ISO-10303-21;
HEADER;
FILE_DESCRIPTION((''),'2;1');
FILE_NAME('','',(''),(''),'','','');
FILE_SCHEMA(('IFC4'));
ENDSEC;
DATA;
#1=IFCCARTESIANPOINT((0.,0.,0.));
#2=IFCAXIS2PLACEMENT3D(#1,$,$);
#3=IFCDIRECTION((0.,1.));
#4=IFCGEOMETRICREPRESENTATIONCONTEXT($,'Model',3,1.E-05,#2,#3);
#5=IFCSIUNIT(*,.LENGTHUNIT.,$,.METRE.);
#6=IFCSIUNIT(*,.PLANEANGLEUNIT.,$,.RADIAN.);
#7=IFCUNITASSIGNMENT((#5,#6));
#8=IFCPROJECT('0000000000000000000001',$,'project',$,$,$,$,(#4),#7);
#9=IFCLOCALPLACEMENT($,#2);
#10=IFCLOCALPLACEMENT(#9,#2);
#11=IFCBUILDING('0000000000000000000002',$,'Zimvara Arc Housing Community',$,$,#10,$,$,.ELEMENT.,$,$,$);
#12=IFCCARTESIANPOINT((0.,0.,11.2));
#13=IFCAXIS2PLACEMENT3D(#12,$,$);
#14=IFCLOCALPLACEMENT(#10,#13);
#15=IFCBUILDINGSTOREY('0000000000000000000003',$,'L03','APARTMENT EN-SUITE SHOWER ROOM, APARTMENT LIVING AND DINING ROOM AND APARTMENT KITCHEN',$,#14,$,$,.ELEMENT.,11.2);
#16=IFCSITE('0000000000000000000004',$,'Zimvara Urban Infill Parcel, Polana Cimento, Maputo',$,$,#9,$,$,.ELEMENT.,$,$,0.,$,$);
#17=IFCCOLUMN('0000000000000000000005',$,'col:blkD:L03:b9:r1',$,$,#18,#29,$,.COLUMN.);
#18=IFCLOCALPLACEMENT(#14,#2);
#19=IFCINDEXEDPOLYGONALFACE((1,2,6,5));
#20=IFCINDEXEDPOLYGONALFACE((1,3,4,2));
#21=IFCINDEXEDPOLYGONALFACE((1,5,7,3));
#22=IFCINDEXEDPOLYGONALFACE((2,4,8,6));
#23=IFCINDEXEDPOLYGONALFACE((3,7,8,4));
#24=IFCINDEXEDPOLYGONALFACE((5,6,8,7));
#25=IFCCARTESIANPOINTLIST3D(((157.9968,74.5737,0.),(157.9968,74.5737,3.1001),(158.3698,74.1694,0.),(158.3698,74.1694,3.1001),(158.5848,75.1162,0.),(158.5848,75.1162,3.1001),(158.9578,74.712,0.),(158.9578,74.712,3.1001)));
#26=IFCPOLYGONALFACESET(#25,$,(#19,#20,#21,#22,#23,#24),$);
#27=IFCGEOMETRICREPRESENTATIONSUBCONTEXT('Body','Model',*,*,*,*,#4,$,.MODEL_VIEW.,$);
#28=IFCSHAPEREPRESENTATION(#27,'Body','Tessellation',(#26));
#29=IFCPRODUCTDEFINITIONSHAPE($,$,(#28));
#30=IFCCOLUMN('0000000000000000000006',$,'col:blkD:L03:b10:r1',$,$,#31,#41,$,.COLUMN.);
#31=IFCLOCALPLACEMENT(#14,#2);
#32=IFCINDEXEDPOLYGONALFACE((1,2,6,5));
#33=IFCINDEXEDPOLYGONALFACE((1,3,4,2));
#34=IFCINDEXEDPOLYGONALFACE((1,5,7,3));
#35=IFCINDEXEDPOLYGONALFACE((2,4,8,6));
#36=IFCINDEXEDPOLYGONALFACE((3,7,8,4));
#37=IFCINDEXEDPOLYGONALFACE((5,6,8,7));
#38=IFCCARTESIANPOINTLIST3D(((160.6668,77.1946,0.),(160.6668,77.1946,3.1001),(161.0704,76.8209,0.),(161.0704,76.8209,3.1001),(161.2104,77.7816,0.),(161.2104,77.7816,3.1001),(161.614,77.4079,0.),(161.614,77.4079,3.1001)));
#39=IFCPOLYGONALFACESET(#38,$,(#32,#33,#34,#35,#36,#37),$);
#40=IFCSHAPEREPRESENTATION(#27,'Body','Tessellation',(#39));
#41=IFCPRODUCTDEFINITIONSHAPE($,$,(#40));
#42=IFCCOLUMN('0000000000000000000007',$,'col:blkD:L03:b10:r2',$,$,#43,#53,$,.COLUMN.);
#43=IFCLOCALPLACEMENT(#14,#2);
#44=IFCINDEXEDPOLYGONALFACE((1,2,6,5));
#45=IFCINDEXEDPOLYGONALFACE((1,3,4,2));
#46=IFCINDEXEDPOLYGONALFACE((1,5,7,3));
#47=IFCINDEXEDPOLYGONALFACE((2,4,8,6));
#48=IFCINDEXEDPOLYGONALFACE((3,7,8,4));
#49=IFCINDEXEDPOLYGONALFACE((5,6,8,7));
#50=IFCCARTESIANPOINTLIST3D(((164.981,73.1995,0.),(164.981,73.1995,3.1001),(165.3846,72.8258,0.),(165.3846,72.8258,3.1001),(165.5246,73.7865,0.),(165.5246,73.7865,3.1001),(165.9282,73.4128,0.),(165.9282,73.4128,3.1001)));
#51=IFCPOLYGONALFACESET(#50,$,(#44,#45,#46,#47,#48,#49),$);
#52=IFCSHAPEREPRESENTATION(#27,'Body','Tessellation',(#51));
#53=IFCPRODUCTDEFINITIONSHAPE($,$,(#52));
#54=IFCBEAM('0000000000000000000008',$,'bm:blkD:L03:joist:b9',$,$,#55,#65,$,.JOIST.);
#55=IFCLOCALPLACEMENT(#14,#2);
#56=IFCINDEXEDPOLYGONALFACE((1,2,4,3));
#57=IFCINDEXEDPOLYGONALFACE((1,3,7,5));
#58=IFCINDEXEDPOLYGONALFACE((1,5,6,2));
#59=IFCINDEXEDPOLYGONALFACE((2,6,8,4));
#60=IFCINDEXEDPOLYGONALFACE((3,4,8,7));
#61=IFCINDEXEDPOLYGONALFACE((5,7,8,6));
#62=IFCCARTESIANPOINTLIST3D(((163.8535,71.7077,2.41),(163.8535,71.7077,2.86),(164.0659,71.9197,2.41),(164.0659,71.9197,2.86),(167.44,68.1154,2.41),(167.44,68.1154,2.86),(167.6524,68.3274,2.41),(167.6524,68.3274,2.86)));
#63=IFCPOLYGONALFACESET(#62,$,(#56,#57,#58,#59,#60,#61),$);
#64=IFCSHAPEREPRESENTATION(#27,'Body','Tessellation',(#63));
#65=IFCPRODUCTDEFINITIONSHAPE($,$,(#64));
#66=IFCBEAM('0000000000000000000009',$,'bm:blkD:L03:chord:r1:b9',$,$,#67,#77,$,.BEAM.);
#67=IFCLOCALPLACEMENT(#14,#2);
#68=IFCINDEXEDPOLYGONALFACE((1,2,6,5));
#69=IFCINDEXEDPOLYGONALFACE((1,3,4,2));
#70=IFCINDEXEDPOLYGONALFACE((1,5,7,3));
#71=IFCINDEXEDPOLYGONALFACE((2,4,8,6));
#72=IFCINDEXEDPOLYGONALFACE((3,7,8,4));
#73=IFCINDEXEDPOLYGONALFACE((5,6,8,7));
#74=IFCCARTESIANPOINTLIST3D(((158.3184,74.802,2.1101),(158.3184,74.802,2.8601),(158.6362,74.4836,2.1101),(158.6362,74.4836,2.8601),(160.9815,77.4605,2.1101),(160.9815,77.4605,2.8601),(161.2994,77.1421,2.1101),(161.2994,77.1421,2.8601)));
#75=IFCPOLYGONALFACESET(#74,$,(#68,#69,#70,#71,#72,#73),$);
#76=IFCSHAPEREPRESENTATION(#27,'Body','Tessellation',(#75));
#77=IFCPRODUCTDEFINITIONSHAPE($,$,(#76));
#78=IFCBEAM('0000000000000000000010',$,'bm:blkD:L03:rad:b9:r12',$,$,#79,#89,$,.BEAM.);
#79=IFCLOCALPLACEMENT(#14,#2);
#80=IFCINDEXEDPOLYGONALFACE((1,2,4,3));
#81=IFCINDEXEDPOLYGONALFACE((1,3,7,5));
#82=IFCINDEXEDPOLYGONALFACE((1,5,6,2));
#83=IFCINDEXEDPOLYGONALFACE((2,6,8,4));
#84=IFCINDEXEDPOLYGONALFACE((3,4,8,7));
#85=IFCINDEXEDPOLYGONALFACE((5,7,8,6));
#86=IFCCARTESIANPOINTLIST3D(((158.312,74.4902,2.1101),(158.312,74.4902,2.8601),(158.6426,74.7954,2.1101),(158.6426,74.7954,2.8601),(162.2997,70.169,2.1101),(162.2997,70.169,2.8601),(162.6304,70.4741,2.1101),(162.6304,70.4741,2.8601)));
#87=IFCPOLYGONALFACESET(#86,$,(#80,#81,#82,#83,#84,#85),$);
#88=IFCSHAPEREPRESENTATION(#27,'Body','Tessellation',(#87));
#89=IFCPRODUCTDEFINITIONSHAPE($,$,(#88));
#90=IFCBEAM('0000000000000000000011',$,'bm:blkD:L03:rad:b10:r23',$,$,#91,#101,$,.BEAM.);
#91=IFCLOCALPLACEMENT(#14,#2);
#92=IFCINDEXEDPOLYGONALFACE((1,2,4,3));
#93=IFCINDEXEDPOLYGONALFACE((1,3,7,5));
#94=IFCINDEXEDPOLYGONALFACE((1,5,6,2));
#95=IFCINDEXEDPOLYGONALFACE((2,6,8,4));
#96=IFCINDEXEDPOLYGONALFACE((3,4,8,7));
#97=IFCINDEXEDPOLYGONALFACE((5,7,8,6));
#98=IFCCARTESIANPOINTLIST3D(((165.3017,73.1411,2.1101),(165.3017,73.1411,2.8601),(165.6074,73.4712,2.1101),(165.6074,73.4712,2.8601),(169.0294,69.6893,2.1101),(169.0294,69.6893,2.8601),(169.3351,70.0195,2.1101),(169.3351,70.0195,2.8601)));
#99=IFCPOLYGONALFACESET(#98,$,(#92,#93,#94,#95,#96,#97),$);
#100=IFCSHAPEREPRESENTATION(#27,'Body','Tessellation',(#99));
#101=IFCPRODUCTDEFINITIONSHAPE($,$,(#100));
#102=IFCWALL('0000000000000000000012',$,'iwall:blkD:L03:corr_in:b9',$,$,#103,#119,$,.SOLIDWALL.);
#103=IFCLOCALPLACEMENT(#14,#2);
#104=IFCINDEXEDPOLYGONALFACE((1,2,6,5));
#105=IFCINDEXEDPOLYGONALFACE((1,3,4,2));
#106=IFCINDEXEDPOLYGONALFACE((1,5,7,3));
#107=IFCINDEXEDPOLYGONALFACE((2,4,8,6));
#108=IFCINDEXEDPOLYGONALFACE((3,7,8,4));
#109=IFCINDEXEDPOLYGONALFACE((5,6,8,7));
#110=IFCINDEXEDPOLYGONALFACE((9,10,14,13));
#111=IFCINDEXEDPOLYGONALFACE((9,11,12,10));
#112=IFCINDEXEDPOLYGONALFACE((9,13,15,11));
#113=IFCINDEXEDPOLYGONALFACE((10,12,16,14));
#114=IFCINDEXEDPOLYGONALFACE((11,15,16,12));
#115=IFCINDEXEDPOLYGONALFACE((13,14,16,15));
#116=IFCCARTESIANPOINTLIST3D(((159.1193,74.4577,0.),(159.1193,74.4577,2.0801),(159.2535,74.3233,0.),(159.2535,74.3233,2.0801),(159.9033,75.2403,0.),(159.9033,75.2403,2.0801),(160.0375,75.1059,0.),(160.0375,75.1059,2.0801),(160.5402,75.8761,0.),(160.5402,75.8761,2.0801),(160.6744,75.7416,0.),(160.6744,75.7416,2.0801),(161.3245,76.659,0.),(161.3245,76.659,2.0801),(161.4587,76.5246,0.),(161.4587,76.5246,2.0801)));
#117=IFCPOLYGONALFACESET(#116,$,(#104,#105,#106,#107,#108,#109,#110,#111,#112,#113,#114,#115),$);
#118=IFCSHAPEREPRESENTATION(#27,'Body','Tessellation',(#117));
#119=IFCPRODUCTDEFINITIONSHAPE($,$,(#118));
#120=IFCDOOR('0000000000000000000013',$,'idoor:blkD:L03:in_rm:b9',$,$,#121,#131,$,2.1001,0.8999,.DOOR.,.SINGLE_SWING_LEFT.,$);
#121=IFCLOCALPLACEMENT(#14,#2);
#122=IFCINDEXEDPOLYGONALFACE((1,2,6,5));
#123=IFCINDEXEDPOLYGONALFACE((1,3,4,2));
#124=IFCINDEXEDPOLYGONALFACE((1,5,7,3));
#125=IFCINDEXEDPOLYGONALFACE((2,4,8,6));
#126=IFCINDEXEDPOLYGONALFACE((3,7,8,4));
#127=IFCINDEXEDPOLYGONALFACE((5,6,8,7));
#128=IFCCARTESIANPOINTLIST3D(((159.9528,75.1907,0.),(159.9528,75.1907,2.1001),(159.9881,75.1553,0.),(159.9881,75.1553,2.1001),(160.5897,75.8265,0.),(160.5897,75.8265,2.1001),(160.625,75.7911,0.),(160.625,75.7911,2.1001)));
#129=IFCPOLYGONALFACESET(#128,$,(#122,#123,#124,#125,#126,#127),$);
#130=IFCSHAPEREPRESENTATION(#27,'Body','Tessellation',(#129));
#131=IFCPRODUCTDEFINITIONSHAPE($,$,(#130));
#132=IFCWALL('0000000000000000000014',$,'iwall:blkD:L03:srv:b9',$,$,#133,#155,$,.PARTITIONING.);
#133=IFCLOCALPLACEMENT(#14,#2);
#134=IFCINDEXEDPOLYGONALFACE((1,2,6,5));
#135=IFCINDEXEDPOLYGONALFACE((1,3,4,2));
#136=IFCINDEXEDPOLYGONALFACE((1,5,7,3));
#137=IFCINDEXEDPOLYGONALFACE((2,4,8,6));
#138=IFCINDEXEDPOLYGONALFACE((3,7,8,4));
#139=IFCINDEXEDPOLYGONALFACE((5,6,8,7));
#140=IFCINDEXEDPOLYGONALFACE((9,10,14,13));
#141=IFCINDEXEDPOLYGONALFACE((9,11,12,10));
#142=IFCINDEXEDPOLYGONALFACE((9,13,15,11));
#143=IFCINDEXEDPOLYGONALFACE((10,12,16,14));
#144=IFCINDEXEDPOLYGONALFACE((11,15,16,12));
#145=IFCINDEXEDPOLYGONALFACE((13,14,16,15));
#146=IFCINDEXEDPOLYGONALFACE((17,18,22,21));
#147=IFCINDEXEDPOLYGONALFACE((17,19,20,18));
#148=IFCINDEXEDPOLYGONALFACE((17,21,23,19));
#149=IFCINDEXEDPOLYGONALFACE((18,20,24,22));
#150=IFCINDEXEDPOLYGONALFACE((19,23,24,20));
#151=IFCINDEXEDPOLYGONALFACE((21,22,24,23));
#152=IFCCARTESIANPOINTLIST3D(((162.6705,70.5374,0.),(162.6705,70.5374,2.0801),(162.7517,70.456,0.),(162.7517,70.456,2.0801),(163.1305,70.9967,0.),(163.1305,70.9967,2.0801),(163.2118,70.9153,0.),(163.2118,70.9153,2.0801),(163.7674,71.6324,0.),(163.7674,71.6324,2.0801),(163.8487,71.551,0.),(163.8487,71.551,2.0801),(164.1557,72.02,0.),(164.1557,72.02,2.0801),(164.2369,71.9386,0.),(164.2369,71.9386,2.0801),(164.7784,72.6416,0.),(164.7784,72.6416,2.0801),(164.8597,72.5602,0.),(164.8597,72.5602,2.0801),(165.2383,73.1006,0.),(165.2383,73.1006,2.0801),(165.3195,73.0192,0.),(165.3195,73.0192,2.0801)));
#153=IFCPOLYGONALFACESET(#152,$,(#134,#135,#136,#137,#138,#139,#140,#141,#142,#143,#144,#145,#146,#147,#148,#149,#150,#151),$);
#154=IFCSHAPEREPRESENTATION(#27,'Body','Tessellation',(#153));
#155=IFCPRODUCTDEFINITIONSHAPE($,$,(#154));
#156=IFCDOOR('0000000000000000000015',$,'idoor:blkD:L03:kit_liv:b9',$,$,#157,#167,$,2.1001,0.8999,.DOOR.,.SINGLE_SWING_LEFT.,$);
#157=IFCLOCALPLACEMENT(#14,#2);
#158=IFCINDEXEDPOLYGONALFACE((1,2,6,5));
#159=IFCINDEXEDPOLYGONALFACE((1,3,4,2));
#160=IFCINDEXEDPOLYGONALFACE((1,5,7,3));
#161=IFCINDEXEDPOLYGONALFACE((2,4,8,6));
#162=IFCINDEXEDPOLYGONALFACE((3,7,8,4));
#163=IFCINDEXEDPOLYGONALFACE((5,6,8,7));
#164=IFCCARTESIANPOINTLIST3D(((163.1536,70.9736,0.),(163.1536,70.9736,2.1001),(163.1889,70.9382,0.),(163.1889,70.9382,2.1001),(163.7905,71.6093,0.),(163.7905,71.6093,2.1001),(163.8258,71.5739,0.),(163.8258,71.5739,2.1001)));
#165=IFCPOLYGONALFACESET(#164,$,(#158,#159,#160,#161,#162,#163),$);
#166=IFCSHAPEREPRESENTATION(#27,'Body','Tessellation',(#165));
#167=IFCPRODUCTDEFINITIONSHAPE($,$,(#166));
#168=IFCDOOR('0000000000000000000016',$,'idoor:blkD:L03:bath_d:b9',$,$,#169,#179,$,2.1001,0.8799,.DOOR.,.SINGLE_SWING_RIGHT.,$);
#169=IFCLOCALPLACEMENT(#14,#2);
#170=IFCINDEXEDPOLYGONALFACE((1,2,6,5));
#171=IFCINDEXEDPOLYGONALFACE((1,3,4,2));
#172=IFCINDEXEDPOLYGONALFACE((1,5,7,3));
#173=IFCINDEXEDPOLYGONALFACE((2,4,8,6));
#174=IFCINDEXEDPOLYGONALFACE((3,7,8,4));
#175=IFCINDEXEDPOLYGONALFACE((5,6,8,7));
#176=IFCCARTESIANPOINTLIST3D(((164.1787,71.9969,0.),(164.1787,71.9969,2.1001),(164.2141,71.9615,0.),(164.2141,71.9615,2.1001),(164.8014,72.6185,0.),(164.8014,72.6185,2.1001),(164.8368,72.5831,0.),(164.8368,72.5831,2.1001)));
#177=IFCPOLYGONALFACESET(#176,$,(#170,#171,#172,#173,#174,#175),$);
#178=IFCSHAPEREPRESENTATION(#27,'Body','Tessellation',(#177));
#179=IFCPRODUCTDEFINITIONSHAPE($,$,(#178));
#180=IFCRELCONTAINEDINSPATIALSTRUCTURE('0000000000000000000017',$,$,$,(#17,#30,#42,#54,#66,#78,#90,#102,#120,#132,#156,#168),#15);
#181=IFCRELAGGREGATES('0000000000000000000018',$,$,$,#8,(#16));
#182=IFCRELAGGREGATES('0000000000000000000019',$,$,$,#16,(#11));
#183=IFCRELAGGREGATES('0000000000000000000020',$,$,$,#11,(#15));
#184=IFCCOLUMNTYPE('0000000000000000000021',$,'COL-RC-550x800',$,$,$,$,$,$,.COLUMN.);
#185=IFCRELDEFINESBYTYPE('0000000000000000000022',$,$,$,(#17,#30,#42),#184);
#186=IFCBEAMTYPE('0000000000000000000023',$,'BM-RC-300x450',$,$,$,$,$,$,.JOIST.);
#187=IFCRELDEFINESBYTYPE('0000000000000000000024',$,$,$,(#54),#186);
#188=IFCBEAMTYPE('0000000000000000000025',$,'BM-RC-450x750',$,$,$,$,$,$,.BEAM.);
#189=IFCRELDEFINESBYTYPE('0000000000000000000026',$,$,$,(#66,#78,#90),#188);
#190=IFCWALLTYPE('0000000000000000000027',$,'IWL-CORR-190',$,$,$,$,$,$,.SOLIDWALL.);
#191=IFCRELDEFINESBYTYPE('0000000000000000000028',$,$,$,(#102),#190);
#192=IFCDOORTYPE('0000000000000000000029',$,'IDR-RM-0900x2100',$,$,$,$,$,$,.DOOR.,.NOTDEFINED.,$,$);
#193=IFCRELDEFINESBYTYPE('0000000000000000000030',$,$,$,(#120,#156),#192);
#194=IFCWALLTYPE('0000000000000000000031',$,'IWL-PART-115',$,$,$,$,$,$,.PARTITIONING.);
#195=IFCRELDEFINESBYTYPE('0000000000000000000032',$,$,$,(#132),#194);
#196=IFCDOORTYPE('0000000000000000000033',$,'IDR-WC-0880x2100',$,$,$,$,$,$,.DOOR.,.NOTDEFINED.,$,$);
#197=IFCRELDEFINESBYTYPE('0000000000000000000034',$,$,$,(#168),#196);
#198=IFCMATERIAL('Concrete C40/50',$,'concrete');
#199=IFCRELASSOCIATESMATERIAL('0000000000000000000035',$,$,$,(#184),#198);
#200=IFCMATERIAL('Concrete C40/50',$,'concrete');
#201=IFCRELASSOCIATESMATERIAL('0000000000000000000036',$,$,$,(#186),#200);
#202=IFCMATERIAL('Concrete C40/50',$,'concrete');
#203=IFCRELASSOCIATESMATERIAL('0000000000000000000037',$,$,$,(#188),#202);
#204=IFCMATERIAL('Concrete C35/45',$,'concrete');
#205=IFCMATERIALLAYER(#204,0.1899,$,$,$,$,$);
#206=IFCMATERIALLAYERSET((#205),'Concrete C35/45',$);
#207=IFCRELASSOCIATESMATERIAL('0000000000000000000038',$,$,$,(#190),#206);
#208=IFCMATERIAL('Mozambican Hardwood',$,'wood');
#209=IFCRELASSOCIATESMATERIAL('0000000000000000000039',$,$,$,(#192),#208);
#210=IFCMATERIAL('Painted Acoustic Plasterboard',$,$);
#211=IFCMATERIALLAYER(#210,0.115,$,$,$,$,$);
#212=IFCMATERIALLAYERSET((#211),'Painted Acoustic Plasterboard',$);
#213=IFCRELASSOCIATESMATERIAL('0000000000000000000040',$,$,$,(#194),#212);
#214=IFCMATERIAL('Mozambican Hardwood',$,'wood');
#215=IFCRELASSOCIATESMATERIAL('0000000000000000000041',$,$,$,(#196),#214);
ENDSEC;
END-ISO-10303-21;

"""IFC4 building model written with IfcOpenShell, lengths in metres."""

from ifc_helpers import new_model, si_unit, direction, frame, frame_2d, origin, origin_2d, place, context, subcontext, project, spatial, rectangle, extrude, material, layer, layer_set, material_profile, profile_set, type_object, element, fill, save


model = new_model("IFC4")

# Units and contexts
model_context = context("Model", 3, precision=1e-05, world=origin(), true_north=direction((0.0, 1.0)))
body_context = subcontext(model_context, "Body", "Model", "MODEL_VIEW")
ifc_project = project(units=[si_unit("LENGTHUNIT", "METRE"), si_unit("PLANEANGLEUNIT", "RADIAN")], contexts=[model_context])

# Site, building, storey
site_placement = place(None, origin())
site = spatial("IfcSite", under=ifc_project, at=site_placement, Name="Zimvara Urban Infill Parcel, Polana Cimento, Maputo", CompositionType="ELEMENT", RefElevation=0.0)
building_placement = place(site_placement, origin())
building = spatial("IfcBuilding", under=site, at=building_placement, Name="Zimvara Arc Housing Community", CompositionType="ELEMENT")
storey_placement = place(building_placement, frame((0.0, 0.0, 11.2)))
storey = spatial("IfcBuildingStorey", under=building, at=storey_placement, Name="L03", Description="APARTMENT EN-SUITE SHOWER ROOM, APARTMENT LIVING AND DINING ROOM AND APARTMENT KITCHEN", CompositionType="ELEMENT", Elevation=11.2)

# Columns
ifc_material_1 = material(Name="Concrete C40/50", Category="concrete")
ifc_material_profile_1 = material_profile(ifc_material_1, rectangle(XDim=0.55, YDim=0.8, at=origin_2d()), Name="RC 550x800")
ifc_profile_set_1 = profile_set([ifc_material_profile_1], Name="Concrete C40/50")
column_type = type_object("IfcColumnType", Name="COL-RC-550x800", PredefinedType="COLUMN", material=ifc_profile_set_1)
for number, where, z_axis, x_axis, name in (
    (1, (158.4773, 74.6428, 0.0), (0.0, 0.0, 1.0), (0.67816, -0.734915, 0.0), "col:blkD:L03:b9:r1"),
    (2, (161.1404, 77.3013, 0.0), (0.0, 0.0, 1.0), (0.73373, -0.679441, 0.0), "col:blkD:L03:b10:r1"),
    (3, (165.4546, 73.3062, 0.0), (0.0, 0.0, 1.0), (0.73373, -0.679441, 0.0), "col:blkD:L03:b10:r2"),
):
    element("IfcColumn", number, at=place(storey_placement, frame(where, z_axis=z_axis, x_axis=x_axis)), inside=storey, type_object=column_type, Name=name, PredefinedType="COLUMN", context=body_context, shape_type="SweptSolid", body=[
        extrude(rectangle(XDim=0.55, YDim=0.8, at=origin_2d()), origin(), (0.0, 0.0, 1.0), 3.1001),
    ])

# Beams
ifc_material_2 = material(Name="Concrete C40/50", Category="concrete")
ifc_material_profile_2 = material_profile(ifc_material_2, rectangle(XDim=0.3, YDim=0.45, at=origin_2d()), Name="RC 300x450")
ifc_profile_set_2 = profile_set([ifc_material_profile_2], Name="Concrete C40/50")
beam_type_1 = type_object("IfcBeamType", Name="BM-RC-300x450", PredefinedType="JOIST", material=ifc_profile_set_2)
beam_1_placement = place(storey_placement, frame((163.9597, 71.8137, 2.635), z_axis=(0.706529, -0.707684, 0.0), x_axis=(0.707684, 0.706529, 0.0)))
element("IfcBeam", 4, at=beam_1_placement, inside=storey, type_object=beam_type_1, Name="bm:blkD:L03:joist:b9", PredefinedType="JOIST", context=body_context, shape_type="SweptSolid", body=[
    extrude(rectangle(XDim=0.3, YDim=0.45, at=origin_2d()), origin(), (0.0, 0.0, 1.0), 5.0762),
])
ifc_material_3 = material(Name="Concrete C40/50", Category="concrete")
ifc_material_profile_3 = material_profile(ifc_material_3, rectangle(XDim=0.45, YDim=0.75, at=origin_2d()), Name="RC 450x750")
ifc_profile_set_3 = profile_set([ifc_material_profile_3], Name="Concrete C40/50")
beam_type_2 = type_object("IfcBeamType", Name="BM-RC-450x750", PredefinedType="BEAM", material=ifc_profile_set_3)
beam_2_placement = place(storey_placement, frame((158.4773, 74.6428, 2.4851), z_axis=(0.707723, 0.70649, 0.0), x_axis=(-0.70649, 0.707723, 0.0)))
element("IfcBeam", 5, at=beam_2_placement, inside=storey, type_object=beam_type_2, Name="bm:blkD:L03:chord:r1:b9", PredefinedType="BEAM", context=body_context, shape_type="SweptSolid", body=[
    extrude(rectangle(XDim=0.45, YDim=0.75, at=origin_2d()), origin(), (0.0, 0.0, 1.0), 3.7629),
])
beam_3_placement = place(storey_placement, frame((158.4773, 74.6428, 2.4851), z_axis=(0.67818, -0.734896, 0.0), x_axis=(0.734896, 0.67818, 0.0)))
element("IfcBeam", 6, at=beam_3_placement, inside=storey, type_object=beam_type_2, Name="bm:blkD:L03:rad:b9:r12", PredefinedType="BEAM", context=body_context, shape_type="SweptSolid", body=[
    extrude(rectangle(XDim=0.45, YDim=0.75, at=origin_2d()), origin(), (0.0, 0.0, 1.0), 5.8801),
])
beam_4_placement = place(storey_placement, frame((165.4546, 73.3062, 2.4851), z_axis=(0.733738, -0.679433, 0.0), x_axis=(0.679433, 0.733738, 0.0)))
element("IfcBeam", 7, at=beam_4_placement, inside=storey, type_object=beam_type_2, Name="bm:blkD:L03:rad:b10:r23", PredefinedType="BEAM", context=body_context, shape_type="SweptSolid", body=[
    extrude(rectangle(XDim=0.45, YDim=0.75, at=origin_2d()), origin(), (0.0, 0.0, 1.0), 5.0803),
])

# Wall, opening, door
ifc_material_4 = material(Name="Concrete C35/45", Category="concrete")
ifc_layer_1 = layer(ifc_material_4, 0.1899)
ifc_layer_set_1 = layer_set([ifc_layer_1], Name="Concrete C35/45")
wall_type_1 = type_object("IfcWallType", Name="IWL-CORR-190", PredefinedType="SOLIDWALL", material=ifc_layer_set_1)
wall_1_placement = place(storey_placement, frame((159.1863, 74.3904, 0.0), z_axis=(0.0, 0.0, 1.0), x_axis=(0.707733, 0.70648, 0.0)))
wall_1 = element("IfcWall", 8, at=wall_1_placement, inside=storey, type_object=wall_type_1, Name="iwall:blkD:L03:corr_in:b9", PredefinedType="SOLIDWALL", context=body_context, shape_type="SweptSolid", body=[
    extrude(rectangle(XDim=3.116, YDim=0.1899, at=frame_2d((1.5581, 0.0))), origin(), (0.0, 0.0, 1.0), 2.0801),
])
opening_1_placement = place(wall_1_placement, frame((1.1079, 0.0, 0.0)))
opening_1 = element("IfcOpeningElement", 9, at=opening_1_placement, cuts=wall_1, PredefinedType="OPENING", context=body_context, shape_type="SweptSolid", body=[
    extrude(rectangle(XDim=0.8999, YDim=2.1001, at=frame_2d((0.45, 1.05))), frame((0.0, 0.105, 0.0), z_axis=(0.0, -1.0, 0.0), x_axis=(1.0, 0.0, 0.0)), (0.0, 0.0, 1.0), 0.21),
])
ifc_material_5 = material(Name="Mozambican Hardwood", Category="wood")
door_type_1 = type_object("IfcDoorType", Name="IDR-RM-0900x2100", OperationType="NOTDEFINED", PredefinedType="DOOR", material=ifc_material_5)
door_1_placement = place(opening_1_placement, origin())
door_1 = element("IfcDoor", 10, at=door_1_placement, inside=storey, type_object=door_type_1, Name="idoor:blkD:L03:in_rm:b9", OperationType="SINGLE_SWING_LEFT", OverallHeight=2.1001, OverallWidth=0.8999, PredefinedType="DOOR", context=body_context, shape_type="SweptSolid", body=[
    extrude(rectangle(XDim=0.8999, YDim=2.1001, at=frame_2d((0.45, 1.05))), frame((0.0, 0.0249, 0.0), z_axis=(0.0, -1.0, 0.0), x_axis=(1.0, 0.0, 0.0)), (0.0, 0.0, 1.0), 0.05),
])
fill(opening_1, door_1)

# Wall, openings, doors
ifc_material_6 = material(Name="Painted Acoustic Plasterboard")
ifc_layer_2 = layer(ifc_material_6, 0.115)
ifc_layer_set_2 = layer_set([ifc_layer_2], Name="Painted Acoustic Plasterboard")
wall_type_2 = type_object("IfcWallType", Name="IWL-PART-115", PredefinedType="PARTITIONING", material=ifc_layer_set_2)
wall_2_placement = place(storey_placement, frame((162.7112, 70.4968, 0.0), z_axis=(0.0, 0.0, 1.0), x_axis=(0.707746, 0.706467, 0.0)))
wall_2 = element("IfcWall", 11, at=wall_2_placement, inside=storey, type_object=wall_type_2, Name="iwall:blkD:L03:srv:b9", PredefinedType="PARTITIONING", context=body_context, shape_type="SweptSolid", body=[
    extrude(rectangle(XDim=3.6282, YDim=0.115, at=frame_2d((1.814, 0.0))), origin(), (0.0, 0.0, 1.0), 2.0801),
])
opening_2_placement = place(wall_2_placement, frame((0.6499, 0.0, 0.0)))
opening_2 = element("IfcOpeningElement", 12, at=opening_2_placement, cuts=wall_2, PredefinedType="OPENING", context=body_context, shape_type="SweptSolid", body=[
    extrude(rectangle(XDim=0.8999, YDim=2.1001, at=frame_2d((0.45, 1.05))), frame((0.0, 0.0674, 0.0), z_axis=(0.0, -1.0, 0.0), x_axis=(1.0, 0.0, 0.0)), (0.0, 0.0, 1.0), 0.135),
])
opening_3_placement = place(wall_2_placement, frame((2.0984, 0.0, 0.0)))
opening_3 = element("IfcOpeningElement", 13, at=opening_3_placement, cuts=wall_2, PredefinedType="OPENING", context=body_context, shape_type="SweptSolid", body=[
    extrude(rectangle(XDim=0.8799, YDim=2.1001, at=frame_2d((0.4399, 1.05))), frame((0.0, 0.0674, 0.0), z_axis=(0.0, -1.0, 0.0), x_axis=(1.0, 0.0, 0.0)), (0.0, 0.0, 1.0), 0.135),
])
door_2_placement = place(opening_2_placement, origin())
door_2 = element("IfcDoor", 14, at=door_2_placement, inside=storey, type_object=door_type_1, Name="idoor:blkD:L03:kit_liv:b9", OperationType="SINGLE_SWING_LEFT", OverallHeight=2.1001, OverallWidth=0.8999, PredefinedType="DOOR", context=body_context, shape_type="SweptSolid", body=[
    extrude(rectangle(XDim=0.8999, YDim=2.1001, at=frame_2d((0.45, 1.05))), frame((0.0, 0.0249, 0.0), z_axis=(0.0, -1.0, 0.0), x_axis=(1.0, 0.0, 0.0)), (0.0, 0.0, 1.0), 0.05),
])
fill(opening_2, door_2)
ifc_material_7 = material(Name="Mozambican Hardwood", Category="wood")
door_type_2 = type_object("IfcDoorType", Name="IDR-WC-0880x2100", OperationType="NOTDEFINED", PredefinedType="DOOR", material=ifc_material_7)
door_3_placement = place(opening_3_placement, origin())
door_3 = element("IfcDoor", 15, at=door_3_placement, inside=storey, type_object=door_type_2, Name="idoor:blkD:L03:bath_d:b9", OperationType="SINGLE_SWING_RIGHT", OverallHeight=2.1001, OverallWidth=0.8799, PredefinedType="DOOR", context=body_context, shape_type="SweptSolid", body=[
    extrude(rectangle(XDim=0.8799, YDim=2.1001, at=frame_2d((0.4399, 1.05))), frame((0.0, 0.0249, 0.0), z_axis=(0.0, -1.0, 0.0), x_axis=(1.0, 0.0, 0.0)), (0.0, 0.0, 1.0), 0.05),
])
fill(opening_3, door_3)

save(model, "model.ifc")
